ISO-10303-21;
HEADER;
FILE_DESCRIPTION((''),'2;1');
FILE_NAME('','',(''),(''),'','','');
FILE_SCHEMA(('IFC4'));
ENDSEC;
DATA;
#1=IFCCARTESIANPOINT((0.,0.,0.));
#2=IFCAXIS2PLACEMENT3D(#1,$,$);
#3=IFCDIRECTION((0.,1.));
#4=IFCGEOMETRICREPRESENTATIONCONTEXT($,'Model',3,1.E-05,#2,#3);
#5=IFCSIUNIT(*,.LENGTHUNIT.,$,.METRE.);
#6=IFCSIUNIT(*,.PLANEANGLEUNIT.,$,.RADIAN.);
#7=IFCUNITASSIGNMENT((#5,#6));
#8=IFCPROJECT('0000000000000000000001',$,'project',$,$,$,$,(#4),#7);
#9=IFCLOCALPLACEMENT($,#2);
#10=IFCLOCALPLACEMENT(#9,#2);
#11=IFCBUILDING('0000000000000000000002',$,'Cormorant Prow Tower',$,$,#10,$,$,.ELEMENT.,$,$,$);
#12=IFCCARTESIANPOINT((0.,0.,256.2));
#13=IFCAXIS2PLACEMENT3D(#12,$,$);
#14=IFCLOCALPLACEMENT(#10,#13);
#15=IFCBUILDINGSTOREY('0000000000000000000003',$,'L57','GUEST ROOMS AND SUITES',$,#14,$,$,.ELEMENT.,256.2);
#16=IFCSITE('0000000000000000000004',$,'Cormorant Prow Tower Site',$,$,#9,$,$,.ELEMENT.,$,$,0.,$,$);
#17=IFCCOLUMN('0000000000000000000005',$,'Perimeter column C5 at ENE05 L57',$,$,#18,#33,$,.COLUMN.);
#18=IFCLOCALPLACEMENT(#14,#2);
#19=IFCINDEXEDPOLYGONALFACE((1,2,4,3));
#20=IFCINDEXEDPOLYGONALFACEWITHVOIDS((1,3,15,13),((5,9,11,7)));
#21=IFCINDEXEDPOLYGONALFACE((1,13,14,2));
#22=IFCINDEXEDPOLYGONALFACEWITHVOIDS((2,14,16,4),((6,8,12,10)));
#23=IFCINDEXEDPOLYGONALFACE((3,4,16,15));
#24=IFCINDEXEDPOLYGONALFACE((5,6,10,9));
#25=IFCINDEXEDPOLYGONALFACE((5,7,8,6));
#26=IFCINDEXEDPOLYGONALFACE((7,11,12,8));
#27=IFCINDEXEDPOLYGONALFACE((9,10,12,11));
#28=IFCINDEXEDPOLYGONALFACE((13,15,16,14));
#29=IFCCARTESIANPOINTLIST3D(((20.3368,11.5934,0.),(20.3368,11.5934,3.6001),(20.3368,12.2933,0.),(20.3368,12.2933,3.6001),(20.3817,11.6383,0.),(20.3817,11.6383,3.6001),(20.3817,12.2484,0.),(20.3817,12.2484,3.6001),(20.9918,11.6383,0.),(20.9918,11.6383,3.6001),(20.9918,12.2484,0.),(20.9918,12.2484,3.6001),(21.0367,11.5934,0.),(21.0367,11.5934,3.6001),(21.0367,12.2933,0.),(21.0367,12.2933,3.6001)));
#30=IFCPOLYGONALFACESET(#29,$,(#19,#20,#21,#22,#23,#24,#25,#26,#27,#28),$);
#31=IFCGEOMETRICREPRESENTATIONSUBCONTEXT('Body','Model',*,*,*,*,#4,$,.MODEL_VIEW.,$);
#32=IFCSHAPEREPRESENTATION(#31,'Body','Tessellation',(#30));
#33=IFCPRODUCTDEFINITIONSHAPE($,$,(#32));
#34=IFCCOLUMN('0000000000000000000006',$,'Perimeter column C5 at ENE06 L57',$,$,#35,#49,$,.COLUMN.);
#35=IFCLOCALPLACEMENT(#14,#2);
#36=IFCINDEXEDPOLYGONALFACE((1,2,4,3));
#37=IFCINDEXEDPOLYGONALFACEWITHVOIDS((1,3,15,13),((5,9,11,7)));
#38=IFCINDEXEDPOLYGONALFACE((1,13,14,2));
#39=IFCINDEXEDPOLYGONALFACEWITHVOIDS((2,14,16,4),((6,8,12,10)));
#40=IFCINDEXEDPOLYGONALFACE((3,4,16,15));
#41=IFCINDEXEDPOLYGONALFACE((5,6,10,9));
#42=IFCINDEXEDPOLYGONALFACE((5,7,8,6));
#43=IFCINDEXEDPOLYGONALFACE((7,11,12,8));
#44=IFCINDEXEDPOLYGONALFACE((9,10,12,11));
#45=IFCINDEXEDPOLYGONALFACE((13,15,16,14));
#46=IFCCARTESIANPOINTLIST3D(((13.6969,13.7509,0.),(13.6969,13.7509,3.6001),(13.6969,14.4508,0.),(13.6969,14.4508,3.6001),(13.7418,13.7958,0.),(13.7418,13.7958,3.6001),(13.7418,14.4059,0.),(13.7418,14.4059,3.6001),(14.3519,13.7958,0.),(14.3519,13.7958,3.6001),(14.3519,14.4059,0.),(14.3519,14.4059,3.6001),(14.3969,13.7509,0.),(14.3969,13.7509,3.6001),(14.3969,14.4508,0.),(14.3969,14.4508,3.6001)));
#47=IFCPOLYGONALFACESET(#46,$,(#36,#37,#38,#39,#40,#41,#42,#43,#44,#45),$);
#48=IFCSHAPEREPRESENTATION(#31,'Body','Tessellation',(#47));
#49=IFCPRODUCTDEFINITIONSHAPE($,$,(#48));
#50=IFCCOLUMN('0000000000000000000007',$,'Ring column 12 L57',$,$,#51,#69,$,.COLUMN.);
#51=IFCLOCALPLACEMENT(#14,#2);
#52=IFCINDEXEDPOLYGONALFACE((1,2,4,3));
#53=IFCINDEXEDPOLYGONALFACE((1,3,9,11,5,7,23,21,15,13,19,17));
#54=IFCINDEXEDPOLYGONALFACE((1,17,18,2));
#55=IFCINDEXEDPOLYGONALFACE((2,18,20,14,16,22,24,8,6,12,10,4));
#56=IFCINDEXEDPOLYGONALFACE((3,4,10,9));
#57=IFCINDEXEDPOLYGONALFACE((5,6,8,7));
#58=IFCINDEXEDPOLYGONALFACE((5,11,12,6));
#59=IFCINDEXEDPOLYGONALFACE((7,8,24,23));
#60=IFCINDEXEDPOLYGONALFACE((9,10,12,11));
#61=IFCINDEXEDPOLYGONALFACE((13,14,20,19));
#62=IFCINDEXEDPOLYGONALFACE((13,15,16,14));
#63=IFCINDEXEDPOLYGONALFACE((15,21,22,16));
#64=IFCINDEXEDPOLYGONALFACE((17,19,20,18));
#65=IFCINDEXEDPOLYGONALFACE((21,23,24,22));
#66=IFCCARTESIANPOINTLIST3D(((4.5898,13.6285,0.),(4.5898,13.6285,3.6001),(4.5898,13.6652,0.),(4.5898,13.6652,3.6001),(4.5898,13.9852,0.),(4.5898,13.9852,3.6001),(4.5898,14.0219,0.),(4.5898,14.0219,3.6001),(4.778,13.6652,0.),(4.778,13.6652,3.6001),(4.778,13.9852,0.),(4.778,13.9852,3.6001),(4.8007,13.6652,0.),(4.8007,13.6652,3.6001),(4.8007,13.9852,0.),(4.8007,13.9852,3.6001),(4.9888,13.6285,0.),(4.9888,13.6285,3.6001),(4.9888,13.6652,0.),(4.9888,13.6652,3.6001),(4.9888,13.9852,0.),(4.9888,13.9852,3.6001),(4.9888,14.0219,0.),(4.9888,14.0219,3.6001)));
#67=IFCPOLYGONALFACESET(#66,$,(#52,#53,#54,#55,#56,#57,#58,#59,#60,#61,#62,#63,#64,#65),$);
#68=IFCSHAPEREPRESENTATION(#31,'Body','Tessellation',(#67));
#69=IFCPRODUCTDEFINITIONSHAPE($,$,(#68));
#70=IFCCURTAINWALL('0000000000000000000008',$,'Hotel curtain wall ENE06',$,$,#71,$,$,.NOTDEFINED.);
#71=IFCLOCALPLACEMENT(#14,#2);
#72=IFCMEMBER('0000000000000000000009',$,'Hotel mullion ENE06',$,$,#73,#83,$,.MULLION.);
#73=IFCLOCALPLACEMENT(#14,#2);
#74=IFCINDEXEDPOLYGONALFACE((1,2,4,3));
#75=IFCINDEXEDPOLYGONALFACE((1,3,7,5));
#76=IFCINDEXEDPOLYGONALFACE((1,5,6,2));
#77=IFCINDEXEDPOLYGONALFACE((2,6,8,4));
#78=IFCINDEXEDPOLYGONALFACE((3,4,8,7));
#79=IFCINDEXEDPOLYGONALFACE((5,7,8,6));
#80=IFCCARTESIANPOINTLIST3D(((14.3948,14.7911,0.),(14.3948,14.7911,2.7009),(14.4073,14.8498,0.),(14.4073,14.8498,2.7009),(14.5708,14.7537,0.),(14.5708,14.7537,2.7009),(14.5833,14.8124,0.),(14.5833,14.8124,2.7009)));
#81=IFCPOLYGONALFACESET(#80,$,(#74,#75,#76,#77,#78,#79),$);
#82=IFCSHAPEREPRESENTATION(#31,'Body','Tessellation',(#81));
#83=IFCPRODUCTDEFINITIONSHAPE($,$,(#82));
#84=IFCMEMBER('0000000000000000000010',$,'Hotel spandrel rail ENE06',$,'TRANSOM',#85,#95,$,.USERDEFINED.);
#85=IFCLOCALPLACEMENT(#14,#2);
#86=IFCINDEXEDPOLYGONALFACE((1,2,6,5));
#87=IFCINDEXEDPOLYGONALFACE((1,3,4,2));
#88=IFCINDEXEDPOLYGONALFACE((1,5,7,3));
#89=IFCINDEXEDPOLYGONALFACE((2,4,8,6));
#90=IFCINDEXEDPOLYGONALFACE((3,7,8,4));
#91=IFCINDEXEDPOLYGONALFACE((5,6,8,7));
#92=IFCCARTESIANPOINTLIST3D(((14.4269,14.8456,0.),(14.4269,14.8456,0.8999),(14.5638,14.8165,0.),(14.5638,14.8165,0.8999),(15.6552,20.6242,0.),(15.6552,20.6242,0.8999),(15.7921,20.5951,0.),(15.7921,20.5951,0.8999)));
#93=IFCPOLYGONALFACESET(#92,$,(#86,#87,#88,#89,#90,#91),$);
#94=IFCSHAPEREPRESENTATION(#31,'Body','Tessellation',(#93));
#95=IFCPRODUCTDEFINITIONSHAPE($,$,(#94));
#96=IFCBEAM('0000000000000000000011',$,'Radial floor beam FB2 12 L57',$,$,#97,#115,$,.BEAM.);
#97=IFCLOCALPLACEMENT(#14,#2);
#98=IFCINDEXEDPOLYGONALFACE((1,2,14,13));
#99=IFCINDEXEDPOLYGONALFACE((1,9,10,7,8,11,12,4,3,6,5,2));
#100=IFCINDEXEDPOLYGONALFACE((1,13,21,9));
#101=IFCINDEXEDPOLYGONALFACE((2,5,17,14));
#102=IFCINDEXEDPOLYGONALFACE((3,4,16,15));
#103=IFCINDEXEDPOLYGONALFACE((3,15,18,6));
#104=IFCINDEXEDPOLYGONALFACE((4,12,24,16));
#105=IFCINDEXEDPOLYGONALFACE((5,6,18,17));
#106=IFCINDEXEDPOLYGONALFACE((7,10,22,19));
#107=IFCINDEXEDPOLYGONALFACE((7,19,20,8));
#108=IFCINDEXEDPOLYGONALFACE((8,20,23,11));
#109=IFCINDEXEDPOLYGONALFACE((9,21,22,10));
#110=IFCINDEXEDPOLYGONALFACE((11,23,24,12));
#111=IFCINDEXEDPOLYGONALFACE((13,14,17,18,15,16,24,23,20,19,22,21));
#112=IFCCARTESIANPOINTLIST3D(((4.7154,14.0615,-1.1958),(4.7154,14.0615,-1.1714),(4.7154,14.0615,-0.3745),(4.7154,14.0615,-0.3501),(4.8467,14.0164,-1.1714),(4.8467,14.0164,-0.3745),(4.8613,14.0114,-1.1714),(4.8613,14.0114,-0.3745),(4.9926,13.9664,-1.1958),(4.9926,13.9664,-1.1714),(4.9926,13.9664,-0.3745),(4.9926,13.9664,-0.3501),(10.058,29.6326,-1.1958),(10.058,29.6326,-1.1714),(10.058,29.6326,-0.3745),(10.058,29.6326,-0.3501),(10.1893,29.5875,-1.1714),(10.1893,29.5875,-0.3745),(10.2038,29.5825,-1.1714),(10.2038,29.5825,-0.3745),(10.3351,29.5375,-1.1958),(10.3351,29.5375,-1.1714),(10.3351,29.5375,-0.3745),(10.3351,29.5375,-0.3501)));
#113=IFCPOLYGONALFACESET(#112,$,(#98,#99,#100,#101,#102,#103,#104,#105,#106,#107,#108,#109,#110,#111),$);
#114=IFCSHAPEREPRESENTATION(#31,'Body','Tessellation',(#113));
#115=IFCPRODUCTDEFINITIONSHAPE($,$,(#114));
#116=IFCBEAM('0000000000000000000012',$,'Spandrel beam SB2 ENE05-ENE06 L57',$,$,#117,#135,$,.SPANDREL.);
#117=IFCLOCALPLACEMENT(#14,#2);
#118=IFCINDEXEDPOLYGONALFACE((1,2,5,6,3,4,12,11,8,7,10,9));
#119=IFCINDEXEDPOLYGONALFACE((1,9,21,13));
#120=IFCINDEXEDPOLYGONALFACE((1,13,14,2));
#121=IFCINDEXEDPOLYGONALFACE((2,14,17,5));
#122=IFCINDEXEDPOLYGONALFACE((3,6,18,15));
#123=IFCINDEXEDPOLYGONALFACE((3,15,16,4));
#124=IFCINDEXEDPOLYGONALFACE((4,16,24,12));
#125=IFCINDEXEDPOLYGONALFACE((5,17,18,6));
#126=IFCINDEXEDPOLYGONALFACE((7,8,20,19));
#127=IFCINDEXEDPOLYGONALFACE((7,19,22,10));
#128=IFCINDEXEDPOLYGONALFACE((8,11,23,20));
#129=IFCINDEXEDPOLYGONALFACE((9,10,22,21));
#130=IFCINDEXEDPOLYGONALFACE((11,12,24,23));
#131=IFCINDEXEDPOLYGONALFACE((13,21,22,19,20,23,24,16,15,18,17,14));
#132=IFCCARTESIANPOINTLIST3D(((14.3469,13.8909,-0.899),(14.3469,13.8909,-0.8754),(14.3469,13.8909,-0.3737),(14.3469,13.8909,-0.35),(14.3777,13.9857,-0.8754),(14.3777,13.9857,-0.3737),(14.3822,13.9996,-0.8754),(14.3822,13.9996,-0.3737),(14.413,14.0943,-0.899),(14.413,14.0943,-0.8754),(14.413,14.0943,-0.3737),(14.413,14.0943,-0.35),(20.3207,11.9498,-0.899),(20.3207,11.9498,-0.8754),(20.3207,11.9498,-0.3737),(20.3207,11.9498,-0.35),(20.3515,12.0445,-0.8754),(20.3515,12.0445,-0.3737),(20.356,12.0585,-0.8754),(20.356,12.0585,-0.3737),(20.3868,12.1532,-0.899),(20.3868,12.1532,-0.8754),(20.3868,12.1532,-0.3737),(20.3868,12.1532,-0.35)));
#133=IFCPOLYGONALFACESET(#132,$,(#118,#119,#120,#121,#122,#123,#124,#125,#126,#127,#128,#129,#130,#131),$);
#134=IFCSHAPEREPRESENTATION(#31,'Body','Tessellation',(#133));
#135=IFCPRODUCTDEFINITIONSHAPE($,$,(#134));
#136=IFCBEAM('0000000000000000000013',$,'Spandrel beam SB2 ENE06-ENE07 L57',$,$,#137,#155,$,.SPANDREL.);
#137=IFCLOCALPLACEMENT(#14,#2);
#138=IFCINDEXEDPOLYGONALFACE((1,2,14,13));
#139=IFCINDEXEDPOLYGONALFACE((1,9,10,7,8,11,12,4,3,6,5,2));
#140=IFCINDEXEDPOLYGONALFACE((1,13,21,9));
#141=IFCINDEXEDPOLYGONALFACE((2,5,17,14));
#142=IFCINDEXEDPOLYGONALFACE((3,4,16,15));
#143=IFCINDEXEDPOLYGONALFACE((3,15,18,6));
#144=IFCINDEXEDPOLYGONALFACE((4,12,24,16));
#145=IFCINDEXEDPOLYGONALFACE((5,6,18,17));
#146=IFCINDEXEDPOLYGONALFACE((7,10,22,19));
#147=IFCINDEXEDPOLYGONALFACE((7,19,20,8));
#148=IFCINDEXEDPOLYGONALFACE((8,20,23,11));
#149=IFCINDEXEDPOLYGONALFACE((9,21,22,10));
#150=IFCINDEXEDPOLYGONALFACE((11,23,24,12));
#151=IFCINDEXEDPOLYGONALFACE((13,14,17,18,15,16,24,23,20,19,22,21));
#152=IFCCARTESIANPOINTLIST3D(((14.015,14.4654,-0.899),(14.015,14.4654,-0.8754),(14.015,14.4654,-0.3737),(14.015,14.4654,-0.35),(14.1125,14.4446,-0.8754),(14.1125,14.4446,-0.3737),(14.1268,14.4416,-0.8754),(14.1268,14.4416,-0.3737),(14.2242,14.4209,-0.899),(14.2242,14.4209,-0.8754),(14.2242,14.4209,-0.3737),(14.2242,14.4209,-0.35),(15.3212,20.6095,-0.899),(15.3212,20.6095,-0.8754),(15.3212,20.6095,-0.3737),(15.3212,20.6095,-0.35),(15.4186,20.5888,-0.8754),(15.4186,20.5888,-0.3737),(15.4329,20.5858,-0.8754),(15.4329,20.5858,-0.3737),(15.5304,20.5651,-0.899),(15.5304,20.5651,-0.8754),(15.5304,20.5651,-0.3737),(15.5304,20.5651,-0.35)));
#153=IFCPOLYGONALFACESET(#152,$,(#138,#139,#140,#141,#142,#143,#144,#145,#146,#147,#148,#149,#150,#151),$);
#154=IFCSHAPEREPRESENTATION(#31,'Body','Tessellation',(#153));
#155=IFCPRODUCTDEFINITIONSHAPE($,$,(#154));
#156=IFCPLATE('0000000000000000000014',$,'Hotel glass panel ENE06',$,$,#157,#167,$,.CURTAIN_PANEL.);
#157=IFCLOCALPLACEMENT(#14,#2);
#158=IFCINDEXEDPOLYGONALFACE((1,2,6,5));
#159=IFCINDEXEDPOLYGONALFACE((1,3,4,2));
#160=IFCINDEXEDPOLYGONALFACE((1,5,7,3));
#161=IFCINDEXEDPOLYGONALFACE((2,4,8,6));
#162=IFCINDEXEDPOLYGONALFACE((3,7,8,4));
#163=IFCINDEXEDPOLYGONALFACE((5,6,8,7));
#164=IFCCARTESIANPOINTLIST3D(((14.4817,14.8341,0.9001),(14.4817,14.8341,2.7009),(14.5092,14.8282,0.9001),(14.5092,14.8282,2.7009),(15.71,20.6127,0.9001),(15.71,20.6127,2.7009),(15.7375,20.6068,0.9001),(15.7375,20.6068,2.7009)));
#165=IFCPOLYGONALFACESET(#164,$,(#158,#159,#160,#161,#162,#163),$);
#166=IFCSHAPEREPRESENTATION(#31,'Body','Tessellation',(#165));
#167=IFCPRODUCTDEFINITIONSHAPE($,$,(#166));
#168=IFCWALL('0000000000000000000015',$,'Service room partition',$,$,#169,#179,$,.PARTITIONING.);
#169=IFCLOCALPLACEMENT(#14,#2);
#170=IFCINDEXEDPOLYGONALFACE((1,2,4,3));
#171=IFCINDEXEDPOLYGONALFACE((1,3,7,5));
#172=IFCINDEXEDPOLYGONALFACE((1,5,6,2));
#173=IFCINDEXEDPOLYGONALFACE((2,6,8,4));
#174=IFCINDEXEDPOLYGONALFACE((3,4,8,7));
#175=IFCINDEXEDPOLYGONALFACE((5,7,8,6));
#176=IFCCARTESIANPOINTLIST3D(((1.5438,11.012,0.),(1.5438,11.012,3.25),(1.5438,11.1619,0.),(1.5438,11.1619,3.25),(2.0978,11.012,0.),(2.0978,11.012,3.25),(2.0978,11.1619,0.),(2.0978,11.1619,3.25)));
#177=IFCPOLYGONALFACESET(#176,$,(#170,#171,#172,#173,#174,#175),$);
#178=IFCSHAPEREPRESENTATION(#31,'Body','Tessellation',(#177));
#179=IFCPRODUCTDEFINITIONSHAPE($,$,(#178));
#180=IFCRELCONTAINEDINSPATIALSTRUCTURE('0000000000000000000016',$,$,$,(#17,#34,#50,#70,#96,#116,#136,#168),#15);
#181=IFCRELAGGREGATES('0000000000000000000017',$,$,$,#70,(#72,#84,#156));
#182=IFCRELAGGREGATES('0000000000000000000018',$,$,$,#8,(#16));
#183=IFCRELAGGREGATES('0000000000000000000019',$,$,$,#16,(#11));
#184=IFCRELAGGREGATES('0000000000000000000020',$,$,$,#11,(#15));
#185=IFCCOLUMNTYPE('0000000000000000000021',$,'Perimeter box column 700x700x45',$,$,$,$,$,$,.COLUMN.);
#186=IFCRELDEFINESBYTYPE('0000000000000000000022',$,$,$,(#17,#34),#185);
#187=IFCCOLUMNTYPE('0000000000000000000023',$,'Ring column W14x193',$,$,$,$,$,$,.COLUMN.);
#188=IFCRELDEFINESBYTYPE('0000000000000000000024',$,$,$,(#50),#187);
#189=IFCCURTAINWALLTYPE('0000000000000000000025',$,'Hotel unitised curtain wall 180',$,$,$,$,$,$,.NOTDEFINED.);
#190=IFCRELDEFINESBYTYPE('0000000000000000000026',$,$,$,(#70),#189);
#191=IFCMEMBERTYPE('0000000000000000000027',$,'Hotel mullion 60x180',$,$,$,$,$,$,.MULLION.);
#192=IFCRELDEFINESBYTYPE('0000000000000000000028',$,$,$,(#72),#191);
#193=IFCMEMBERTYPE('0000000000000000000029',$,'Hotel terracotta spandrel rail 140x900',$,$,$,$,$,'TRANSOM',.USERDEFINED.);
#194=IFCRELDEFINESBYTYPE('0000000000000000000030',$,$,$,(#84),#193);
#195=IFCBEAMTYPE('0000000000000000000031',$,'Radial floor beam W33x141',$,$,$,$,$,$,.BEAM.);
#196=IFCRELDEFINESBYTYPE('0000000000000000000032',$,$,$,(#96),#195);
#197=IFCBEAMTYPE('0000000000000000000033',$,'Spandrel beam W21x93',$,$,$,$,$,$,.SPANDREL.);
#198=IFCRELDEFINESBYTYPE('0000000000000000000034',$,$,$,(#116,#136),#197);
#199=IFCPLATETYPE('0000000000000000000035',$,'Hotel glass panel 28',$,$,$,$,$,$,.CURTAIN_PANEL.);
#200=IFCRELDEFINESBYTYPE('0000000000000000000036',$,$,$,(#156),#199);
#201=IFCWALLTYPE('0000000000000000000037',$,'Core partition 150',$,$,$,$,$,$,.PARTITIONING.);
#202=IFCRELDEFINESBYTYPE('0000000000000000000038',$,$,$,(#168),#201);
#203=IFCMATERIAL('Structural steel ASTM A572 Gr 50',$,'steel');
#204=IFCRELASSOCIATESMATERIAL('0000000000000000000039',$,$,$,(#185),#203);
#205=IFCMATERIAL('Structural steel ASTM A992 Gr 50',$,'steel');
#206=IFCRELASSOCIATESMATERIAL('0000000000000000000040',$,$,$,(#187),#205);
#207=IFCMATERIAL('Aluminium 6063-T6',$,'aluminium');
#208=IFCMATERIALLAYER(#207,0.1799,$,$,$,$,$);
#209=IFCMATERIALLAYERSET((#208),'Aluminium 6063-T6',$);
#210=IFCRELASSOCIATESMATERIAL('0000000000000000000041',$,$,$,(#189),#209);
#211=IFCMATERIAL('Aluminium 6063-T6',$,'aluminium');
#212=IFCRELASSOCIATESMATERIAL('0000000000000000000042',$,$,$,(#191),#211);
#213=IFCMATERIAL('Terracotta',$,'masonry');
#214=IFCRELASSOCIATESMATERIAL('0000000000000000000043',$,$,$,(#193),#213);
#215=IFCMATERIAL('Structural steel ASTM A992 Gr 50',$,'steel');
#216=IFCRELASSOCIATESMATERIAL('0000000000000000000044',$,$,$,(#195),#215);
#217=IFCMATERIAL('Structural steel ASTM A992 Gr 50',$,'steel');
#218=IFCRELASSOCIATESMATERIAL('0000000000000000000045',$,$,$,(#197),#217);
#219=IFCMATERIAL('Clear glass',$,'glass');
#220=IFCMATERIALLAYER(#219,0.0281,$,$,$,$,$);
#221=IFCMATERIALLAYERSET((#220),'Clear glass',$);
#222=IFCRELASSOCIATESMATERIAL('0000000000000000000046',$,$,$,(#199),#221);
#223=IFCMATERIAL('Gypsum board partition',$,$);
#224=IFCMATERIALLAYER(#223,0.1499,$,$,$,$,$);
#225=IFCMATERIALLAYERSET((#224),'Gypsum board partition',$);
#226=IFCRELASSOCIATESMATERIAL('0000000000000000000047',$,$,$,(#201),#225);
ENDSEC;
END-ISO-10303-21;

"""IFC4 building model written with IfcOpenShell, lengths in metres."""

from ifc_helpers import new_model, si_unit, direction, frame, frame_2d, origin, origin_2d, place, context, subcontext, project, spatial, rectangle, hollow_rectangle, i_section, extrude, material, layer, layer_set, material_profile, profile_set, type_object, element, aggregate, save


model = new_model("IFC4")

# Units and contexts
model_context = context("Model", 3, precision=1e-05, world=origin(), true_north=direction((0.0, 1.0)))
body_context = subcontext(model_context, "Body", "Model", "MODEL_VIEW")
ifc_project = project(units=[si_unit("LENGTHUNIT", "METRE"), si_unit("PLANEANGLEUNIT", "RADIAN")], contexts=[model_context])

# Site, building, storey
site_placement = place(None, origin())
site = spatial("IfcSite", under=ifc_project, at=site_placement, Name="Cormorant Prow Tower Site", CompositionType="ELEMENT", RefElevation=0.0)
building_placement = place(site_placement, origin())
building = spatial("IfcBuilding", under=site, at=building_placement, Name="Cormorant Prow Tower", CompositionType="ELEMENT")
storey_placement = place(building_placement, frame((0.0, 0.0, 256.2)))
storey = spatial("IfcBuildingStorey", under=building, at=storey_placement, Name="L57", Description="GUEST ROOMS AND SUITES", CompositionType="ELEMENT", Elevation=256.2)

# Columns
ifc_material_1 = material(Name="Structural steel ASTM A572 Gr 50", Category="steel")
ifc_material_profile_1 = material_profile(ifc_material_1, hollow_rectangle(XDim=0.7, YDim=0.7, WallThickness=0.0449, at=origin_2d()), Name="Box 700x700x45")
ifc_profile_set_1 = profile_set([ifc_material_profile_1], Name="Structural steel ASTM A572 Gr 50")
column_type_1 = type_object("IfcColumnType", Name="Perimeter box column 700x700x45", PredefinedType="COLUMN", material=ifc_profile_set_1)
for number, where, z_axis, x_axis, name in (
    (1, (20.6868, 11.9434, 0.0), (0.0, 0.0, 1.0), (1.0, 0.0, 0.0), "Perimeter column C5 at ENE05 L57"),
    (2, (14.0469, 14.1008, 0.0), (0.0, 0.0, 1.0), (1.0, 0.0, 0.0), "Perimeter column C5 at ENE06 L57"),
):
    element("IfcColumn", number, at=place(storey_placement, frame(where, z_axis=z_axis, x_axis=x_axis)), inside=storey, type_object=column_type_1, Name=name, PredefinedType="COLUMN", context=body_context, shape_type="SweptSolid", body=[
        extrude(hollow_rectangle(XDim=0.7, YDim=0.7, WallThickness=0.0449, at=origin_2d()), origin(), (0.0, 0.0, 1.0), 3.6001),
    ])
ifc_material_2 = material(Name="Structural steel ASTM A992 Gr 50", Category="steel")
ifc_material_profile_2 = material_profile(ifc_material_2, i_section(OverallWidth=0.3989, OverallDepth=0.3933, WebThickness=0.0227, FlangeThickness=0.0366, at=origin_2d()), Name="W14x193")
ifc_profile_set_2 = profile_set([ifc_material_profile_2], Name="Structural steel ASTM A992 Gr 50")
column_type_2 = type_object("IfcColumnType", Name="Ring column W14x193", PredefinedType="COLUMN", material=ifc_profile_set_2)
column_placement = place(storey_placement, frame((4.7893, 13.8252, 0.0), z_axis=(0.0, 0.0, 1.0), x_axis=(1.0, 0.0, 0.0)))
element("IfcColumn", 3, at=column_placement, inside=storey, type_object=column_type_2, Name="Ring column 12 L57", PredefinedType="COLUMN", context=body_context, shape_type="SweptSolid", body=[
    extrude(i_section(OverallWidth=0.3989, OverallDepth=0.3933, WebThickness=0.0227, FlangeThickness=0.0366, at=origin_2d()), origin(), (0.0, 0.0, 1.0), 3.6001),
])

# Curtain wall, members
ifc_material_3 = material(Name="Aluminium 6063-T6", Category="aluminium")
ifc_layer_1 = layer(ifc_material_3, 0.1799)
ifc_layer_set_1 = layer_set([ifc_layer_1], Name="Aluminium 6063-T6")
curtain_wall_type = type_object("IfcCurtainWallType", Name="Hotel unitised curtain wall 180", PredefinedType="NOTDEFINED", material=ifc_layer_set_1)
curtain_wall_placement = place(storey_placement, origin())
curtain_wall = element("IfcCurtainWall", 4, at=curtain_wall_placement, inside=storey, type_object=curtain_wall_type, Name="Hotel curtain wall ENE06", PredefinedType="NOTDEFINED")
ifc_material_4 = material(Name="Aluminium 6063-T6", Category="aluminium")
ifc_material_profile_3 = material_profile(ifc_material_4, rectangle(XDim=0.1799, YDim=0.0601, at=origin_2d()), Name="Hotel mullion 60x180")
ifc_profile_set_3 = profile_set([ifc_material_profile_3], Name="Aluminium 6063-T6")
member_type_1 = type_object("IfcMemberType", Name="Hotel mullion 60x180", PredefinedType="MULLION", material=ifc_profile_set_3)
member_1_placement = place(storey_placement, frame((14.489, 14.8018, 0.0), z_axis=(0.0, 0.0, 1.0), x_axis=(-0.978148, 0.207912, 0.0)))
member_1 = element("IfcMember", 5, at=member_1_placement, type_object=member_type_1, Name="Hotel mullion ENE06", PredefinedType="MULLION", context=body_context, shape_type="SweptSolid", body=[
    extrude(rectangle(XDim=0.1799, YDim=0.0601, at=origin_2d()), origin(), (0.0, 0.0, 1.0), 2.7009),
])
ifc_material_5 = material(Name="Terracotta", Category="masonry")
ifc_material_profile_4 = material_profile(ifc_material_5, rectangle(XDim=0.1399, YDim=0.8999, at=origin_2d()), Name="Hotel terracotta spandrel rail 140x900")
ifc_profile_set_4 = profile_set([ifc_material_profile_4], Name="Terracotta")
member_type_2 = type_object("IfcMemberType", Name="Hotel terracotta spandrel rail 140x900", ElementType="TRANSOM", PredefinedType="USERDEFINED", material=ifc_profile_set_4)
member_2_placement = place(storey_placement, frame((14.4954, 14.8311, 0.45), z_axis=(0.207912, 0.978148, 0.0), x_axis=(-0.978148, 0.207912, 0.0)))
member_2 = element("IfcMember", 6, at=member_2_placement, type_object=member_type_2, Name="Hotel spandrel rail ENE06", ObjectType="TRANSOM", PredefinedType="USERDEFINED", context=body_context, shape_type="SweptSolid", body=[
    extrude(rectangle(XDim=0.1399, YDim=0.8999, at=origin_2d()), origin(), (0.0, 0.0, 1.0), 5.9077),
])

# Beams
ifc_material_6 = material(Name="Structural steel ASTM A992 Gr 50", Category="steel")
ifc_material_profile_5 = material_profile(ifc_material_6, i_section(OverallWidth=0.293, OverallDepth=0.8457, WebThickness=0.0154, FlangeThickness=0.0244, at=origin_2d()), Name="W33x141")
ifc_profile_set_5 = profile_set([ifc_material_profile_5], Name="Structural steel ASTM A992 Gr 50")
beam_type_1 = type_object("IfcBeamType", Name="Radial floor beam W33x141", PredefinedType="BEAM", material=ifc_profile_set_5)
beam_1_placement = place(storey_placement, frame((4.854, 14.0139, -0.7729), z_axis=(0.324536, 0.945874, 0.0), x_axis=(-0.945874, 0.324536, 0.0)))
element("IfcBeam", 7, at=beam_1_placement, inside=storey, type_object=beam_type_1, Name="Radial floor beam FB2 12 L57", PredefinedType="BEAM", context=body_context, shape_type="SweptSolid", body=[
    extrude(i_section(OverallWidth=0.293, OverallDepth=0.8457, WebThickness=0.0154, FlangeThickness=0.0244, at=origin_2d()), origin(), (0.0, 0.0, 1.0), 16.4622),
])
ifc_material_7 = material(Name="Structural steel ASTM A992 Gr 50", Category="steel")
ifc_material_profile_6 = material_profile(ifc_material_7, i_section(OverallWidth=0.2139, OverallDepth=0.5491, WebThickness=0.0146, FlangeThickness=0.0237, at=origin_2d()), Name="W21x93")
ifc_profile_set_6 = profile_set([ifc_material_profile_6], Name="Structural steel ASTM A992 Gr 50")
beam_type_2 = type_object("IfcBeamType", Name="Spandrel beam W21x93", PredefinedType="SPANDREL", material=ifc_profile_set_6)
beam_2_placement = place(storey_placement, frame((20.3538, 12.0515, -0.6245), z_axis=(-0.95105, 0.309036, 0.0), x_axis=(-0.309036, -0.95105, 0.0)))
element("IfcBeam", 8, at=beam_2_placement, inside=storey, type_object=beam_type_2, Name="Spandrel beam SB2 ENE05-ENE06 L57", PredefinedType="SPANDREL", context=body_context, shape_type="SweptSolid", body=[
    extrude(i_section(OverallWidth=0.2139, OverallDepth=0.5491, WebThickness=0.0146, FlangeThickness=0.0237, at=origin_2d()), origin(), (0.0, 0.0, 1.0), 6.2812),
])
beam_3_placement = place(storey_placement, frame((14.1196, 14.4431, -0.6245), z_axis=(0.207934, 0.978143, 0.0), x_axis=(-0.978143, 0.207934, 0.0)))
element("IfcBeam", 9, at=beam_3_placement, inside=storey, type_object=beam_type_2, Name="Spandrel beam SB2 ENE06-ENE07 L57", PredefinedType="SPANDREL", context=body_context, shape_type="SweptSolid", body=[
    extrude(i_section(OverallWidth=0.2139, OverallDepth=0.5491, WebThickness=0.0146, FlangeThickness=0.0237, at=origin_2d()), origin(), (0.0, 0.0, 1.0), 6.2815),
])

# Plate
ifc_material_8 = material(Name="Clear glass", Category="glass")
ifc_layer_2 = layer(ifc_material_8, 0.0281)
ifc_layer_set_2 = layer_set([ifc_layer_2], Name="Clear glass")
plate_type = type_object("IfcPlateType", Name="Hotel glass panel 28", PredefinedType="CURTAIN_PANEL", material=ifc_layer_set_2)
plate_placement = place(storey_placement, frame((15.1096, 17.7205, 0.9001), z_axis=(0.0, 0.0, 1.0), x_axis=(0.207912, 0.978148, 0.0)))
plate = element("IfcPlate", 10, at=plate_placement, type_object=plate_type, Name="Hotel glass panel ENE06", PredefinedType="CURTAIN_PANEL", context=body_context, shape_type="SweptSolid", body=[
    extrude(rectangle(XDim=5.9077, YDim=0.0281, at=origin_2d()), origin(), (0.0, 0.0, 1.0), 1.8008),
])
aggregate(curtain_wall, [member_1, member_2, plate])

# Wall
ifc_material_9 = material(Name="Gypsum board partition")
ifc_layer_3 = layer(ifc_material_9, 0.1499)
ifc_layer_set_3 = layer_set([ifc_layer_3], Name="Gypsum board partition")
wall_type_1 = type_object("IfcWallType", Name="Core partition 150", PredefinedType="PARTITIONING", material=ifc_layer_set_3)
wall_1_placement = place(storey_placement, frame((1.5439, 11.0869, 0.0), z_axis=(0.0, 0.0, 1.0), x_axis=(1.0, 0.0, 0.0)))
element("IfcWall", 11, at=wall_1_placement, inside=storey, type_object=wall_type_1, Name="Service room partition", PredefinedType="PARTITIONING", context=body_context, shape_type="SweptSolid", body=[
    extrude(rectangle(XDim=0.554, YDim=0.1499, at=frame_2d((0.2769, 0.0))), origin(), (0.0, 0.0, 1.0), 3.25),
])

save(model, "model.ifc")
